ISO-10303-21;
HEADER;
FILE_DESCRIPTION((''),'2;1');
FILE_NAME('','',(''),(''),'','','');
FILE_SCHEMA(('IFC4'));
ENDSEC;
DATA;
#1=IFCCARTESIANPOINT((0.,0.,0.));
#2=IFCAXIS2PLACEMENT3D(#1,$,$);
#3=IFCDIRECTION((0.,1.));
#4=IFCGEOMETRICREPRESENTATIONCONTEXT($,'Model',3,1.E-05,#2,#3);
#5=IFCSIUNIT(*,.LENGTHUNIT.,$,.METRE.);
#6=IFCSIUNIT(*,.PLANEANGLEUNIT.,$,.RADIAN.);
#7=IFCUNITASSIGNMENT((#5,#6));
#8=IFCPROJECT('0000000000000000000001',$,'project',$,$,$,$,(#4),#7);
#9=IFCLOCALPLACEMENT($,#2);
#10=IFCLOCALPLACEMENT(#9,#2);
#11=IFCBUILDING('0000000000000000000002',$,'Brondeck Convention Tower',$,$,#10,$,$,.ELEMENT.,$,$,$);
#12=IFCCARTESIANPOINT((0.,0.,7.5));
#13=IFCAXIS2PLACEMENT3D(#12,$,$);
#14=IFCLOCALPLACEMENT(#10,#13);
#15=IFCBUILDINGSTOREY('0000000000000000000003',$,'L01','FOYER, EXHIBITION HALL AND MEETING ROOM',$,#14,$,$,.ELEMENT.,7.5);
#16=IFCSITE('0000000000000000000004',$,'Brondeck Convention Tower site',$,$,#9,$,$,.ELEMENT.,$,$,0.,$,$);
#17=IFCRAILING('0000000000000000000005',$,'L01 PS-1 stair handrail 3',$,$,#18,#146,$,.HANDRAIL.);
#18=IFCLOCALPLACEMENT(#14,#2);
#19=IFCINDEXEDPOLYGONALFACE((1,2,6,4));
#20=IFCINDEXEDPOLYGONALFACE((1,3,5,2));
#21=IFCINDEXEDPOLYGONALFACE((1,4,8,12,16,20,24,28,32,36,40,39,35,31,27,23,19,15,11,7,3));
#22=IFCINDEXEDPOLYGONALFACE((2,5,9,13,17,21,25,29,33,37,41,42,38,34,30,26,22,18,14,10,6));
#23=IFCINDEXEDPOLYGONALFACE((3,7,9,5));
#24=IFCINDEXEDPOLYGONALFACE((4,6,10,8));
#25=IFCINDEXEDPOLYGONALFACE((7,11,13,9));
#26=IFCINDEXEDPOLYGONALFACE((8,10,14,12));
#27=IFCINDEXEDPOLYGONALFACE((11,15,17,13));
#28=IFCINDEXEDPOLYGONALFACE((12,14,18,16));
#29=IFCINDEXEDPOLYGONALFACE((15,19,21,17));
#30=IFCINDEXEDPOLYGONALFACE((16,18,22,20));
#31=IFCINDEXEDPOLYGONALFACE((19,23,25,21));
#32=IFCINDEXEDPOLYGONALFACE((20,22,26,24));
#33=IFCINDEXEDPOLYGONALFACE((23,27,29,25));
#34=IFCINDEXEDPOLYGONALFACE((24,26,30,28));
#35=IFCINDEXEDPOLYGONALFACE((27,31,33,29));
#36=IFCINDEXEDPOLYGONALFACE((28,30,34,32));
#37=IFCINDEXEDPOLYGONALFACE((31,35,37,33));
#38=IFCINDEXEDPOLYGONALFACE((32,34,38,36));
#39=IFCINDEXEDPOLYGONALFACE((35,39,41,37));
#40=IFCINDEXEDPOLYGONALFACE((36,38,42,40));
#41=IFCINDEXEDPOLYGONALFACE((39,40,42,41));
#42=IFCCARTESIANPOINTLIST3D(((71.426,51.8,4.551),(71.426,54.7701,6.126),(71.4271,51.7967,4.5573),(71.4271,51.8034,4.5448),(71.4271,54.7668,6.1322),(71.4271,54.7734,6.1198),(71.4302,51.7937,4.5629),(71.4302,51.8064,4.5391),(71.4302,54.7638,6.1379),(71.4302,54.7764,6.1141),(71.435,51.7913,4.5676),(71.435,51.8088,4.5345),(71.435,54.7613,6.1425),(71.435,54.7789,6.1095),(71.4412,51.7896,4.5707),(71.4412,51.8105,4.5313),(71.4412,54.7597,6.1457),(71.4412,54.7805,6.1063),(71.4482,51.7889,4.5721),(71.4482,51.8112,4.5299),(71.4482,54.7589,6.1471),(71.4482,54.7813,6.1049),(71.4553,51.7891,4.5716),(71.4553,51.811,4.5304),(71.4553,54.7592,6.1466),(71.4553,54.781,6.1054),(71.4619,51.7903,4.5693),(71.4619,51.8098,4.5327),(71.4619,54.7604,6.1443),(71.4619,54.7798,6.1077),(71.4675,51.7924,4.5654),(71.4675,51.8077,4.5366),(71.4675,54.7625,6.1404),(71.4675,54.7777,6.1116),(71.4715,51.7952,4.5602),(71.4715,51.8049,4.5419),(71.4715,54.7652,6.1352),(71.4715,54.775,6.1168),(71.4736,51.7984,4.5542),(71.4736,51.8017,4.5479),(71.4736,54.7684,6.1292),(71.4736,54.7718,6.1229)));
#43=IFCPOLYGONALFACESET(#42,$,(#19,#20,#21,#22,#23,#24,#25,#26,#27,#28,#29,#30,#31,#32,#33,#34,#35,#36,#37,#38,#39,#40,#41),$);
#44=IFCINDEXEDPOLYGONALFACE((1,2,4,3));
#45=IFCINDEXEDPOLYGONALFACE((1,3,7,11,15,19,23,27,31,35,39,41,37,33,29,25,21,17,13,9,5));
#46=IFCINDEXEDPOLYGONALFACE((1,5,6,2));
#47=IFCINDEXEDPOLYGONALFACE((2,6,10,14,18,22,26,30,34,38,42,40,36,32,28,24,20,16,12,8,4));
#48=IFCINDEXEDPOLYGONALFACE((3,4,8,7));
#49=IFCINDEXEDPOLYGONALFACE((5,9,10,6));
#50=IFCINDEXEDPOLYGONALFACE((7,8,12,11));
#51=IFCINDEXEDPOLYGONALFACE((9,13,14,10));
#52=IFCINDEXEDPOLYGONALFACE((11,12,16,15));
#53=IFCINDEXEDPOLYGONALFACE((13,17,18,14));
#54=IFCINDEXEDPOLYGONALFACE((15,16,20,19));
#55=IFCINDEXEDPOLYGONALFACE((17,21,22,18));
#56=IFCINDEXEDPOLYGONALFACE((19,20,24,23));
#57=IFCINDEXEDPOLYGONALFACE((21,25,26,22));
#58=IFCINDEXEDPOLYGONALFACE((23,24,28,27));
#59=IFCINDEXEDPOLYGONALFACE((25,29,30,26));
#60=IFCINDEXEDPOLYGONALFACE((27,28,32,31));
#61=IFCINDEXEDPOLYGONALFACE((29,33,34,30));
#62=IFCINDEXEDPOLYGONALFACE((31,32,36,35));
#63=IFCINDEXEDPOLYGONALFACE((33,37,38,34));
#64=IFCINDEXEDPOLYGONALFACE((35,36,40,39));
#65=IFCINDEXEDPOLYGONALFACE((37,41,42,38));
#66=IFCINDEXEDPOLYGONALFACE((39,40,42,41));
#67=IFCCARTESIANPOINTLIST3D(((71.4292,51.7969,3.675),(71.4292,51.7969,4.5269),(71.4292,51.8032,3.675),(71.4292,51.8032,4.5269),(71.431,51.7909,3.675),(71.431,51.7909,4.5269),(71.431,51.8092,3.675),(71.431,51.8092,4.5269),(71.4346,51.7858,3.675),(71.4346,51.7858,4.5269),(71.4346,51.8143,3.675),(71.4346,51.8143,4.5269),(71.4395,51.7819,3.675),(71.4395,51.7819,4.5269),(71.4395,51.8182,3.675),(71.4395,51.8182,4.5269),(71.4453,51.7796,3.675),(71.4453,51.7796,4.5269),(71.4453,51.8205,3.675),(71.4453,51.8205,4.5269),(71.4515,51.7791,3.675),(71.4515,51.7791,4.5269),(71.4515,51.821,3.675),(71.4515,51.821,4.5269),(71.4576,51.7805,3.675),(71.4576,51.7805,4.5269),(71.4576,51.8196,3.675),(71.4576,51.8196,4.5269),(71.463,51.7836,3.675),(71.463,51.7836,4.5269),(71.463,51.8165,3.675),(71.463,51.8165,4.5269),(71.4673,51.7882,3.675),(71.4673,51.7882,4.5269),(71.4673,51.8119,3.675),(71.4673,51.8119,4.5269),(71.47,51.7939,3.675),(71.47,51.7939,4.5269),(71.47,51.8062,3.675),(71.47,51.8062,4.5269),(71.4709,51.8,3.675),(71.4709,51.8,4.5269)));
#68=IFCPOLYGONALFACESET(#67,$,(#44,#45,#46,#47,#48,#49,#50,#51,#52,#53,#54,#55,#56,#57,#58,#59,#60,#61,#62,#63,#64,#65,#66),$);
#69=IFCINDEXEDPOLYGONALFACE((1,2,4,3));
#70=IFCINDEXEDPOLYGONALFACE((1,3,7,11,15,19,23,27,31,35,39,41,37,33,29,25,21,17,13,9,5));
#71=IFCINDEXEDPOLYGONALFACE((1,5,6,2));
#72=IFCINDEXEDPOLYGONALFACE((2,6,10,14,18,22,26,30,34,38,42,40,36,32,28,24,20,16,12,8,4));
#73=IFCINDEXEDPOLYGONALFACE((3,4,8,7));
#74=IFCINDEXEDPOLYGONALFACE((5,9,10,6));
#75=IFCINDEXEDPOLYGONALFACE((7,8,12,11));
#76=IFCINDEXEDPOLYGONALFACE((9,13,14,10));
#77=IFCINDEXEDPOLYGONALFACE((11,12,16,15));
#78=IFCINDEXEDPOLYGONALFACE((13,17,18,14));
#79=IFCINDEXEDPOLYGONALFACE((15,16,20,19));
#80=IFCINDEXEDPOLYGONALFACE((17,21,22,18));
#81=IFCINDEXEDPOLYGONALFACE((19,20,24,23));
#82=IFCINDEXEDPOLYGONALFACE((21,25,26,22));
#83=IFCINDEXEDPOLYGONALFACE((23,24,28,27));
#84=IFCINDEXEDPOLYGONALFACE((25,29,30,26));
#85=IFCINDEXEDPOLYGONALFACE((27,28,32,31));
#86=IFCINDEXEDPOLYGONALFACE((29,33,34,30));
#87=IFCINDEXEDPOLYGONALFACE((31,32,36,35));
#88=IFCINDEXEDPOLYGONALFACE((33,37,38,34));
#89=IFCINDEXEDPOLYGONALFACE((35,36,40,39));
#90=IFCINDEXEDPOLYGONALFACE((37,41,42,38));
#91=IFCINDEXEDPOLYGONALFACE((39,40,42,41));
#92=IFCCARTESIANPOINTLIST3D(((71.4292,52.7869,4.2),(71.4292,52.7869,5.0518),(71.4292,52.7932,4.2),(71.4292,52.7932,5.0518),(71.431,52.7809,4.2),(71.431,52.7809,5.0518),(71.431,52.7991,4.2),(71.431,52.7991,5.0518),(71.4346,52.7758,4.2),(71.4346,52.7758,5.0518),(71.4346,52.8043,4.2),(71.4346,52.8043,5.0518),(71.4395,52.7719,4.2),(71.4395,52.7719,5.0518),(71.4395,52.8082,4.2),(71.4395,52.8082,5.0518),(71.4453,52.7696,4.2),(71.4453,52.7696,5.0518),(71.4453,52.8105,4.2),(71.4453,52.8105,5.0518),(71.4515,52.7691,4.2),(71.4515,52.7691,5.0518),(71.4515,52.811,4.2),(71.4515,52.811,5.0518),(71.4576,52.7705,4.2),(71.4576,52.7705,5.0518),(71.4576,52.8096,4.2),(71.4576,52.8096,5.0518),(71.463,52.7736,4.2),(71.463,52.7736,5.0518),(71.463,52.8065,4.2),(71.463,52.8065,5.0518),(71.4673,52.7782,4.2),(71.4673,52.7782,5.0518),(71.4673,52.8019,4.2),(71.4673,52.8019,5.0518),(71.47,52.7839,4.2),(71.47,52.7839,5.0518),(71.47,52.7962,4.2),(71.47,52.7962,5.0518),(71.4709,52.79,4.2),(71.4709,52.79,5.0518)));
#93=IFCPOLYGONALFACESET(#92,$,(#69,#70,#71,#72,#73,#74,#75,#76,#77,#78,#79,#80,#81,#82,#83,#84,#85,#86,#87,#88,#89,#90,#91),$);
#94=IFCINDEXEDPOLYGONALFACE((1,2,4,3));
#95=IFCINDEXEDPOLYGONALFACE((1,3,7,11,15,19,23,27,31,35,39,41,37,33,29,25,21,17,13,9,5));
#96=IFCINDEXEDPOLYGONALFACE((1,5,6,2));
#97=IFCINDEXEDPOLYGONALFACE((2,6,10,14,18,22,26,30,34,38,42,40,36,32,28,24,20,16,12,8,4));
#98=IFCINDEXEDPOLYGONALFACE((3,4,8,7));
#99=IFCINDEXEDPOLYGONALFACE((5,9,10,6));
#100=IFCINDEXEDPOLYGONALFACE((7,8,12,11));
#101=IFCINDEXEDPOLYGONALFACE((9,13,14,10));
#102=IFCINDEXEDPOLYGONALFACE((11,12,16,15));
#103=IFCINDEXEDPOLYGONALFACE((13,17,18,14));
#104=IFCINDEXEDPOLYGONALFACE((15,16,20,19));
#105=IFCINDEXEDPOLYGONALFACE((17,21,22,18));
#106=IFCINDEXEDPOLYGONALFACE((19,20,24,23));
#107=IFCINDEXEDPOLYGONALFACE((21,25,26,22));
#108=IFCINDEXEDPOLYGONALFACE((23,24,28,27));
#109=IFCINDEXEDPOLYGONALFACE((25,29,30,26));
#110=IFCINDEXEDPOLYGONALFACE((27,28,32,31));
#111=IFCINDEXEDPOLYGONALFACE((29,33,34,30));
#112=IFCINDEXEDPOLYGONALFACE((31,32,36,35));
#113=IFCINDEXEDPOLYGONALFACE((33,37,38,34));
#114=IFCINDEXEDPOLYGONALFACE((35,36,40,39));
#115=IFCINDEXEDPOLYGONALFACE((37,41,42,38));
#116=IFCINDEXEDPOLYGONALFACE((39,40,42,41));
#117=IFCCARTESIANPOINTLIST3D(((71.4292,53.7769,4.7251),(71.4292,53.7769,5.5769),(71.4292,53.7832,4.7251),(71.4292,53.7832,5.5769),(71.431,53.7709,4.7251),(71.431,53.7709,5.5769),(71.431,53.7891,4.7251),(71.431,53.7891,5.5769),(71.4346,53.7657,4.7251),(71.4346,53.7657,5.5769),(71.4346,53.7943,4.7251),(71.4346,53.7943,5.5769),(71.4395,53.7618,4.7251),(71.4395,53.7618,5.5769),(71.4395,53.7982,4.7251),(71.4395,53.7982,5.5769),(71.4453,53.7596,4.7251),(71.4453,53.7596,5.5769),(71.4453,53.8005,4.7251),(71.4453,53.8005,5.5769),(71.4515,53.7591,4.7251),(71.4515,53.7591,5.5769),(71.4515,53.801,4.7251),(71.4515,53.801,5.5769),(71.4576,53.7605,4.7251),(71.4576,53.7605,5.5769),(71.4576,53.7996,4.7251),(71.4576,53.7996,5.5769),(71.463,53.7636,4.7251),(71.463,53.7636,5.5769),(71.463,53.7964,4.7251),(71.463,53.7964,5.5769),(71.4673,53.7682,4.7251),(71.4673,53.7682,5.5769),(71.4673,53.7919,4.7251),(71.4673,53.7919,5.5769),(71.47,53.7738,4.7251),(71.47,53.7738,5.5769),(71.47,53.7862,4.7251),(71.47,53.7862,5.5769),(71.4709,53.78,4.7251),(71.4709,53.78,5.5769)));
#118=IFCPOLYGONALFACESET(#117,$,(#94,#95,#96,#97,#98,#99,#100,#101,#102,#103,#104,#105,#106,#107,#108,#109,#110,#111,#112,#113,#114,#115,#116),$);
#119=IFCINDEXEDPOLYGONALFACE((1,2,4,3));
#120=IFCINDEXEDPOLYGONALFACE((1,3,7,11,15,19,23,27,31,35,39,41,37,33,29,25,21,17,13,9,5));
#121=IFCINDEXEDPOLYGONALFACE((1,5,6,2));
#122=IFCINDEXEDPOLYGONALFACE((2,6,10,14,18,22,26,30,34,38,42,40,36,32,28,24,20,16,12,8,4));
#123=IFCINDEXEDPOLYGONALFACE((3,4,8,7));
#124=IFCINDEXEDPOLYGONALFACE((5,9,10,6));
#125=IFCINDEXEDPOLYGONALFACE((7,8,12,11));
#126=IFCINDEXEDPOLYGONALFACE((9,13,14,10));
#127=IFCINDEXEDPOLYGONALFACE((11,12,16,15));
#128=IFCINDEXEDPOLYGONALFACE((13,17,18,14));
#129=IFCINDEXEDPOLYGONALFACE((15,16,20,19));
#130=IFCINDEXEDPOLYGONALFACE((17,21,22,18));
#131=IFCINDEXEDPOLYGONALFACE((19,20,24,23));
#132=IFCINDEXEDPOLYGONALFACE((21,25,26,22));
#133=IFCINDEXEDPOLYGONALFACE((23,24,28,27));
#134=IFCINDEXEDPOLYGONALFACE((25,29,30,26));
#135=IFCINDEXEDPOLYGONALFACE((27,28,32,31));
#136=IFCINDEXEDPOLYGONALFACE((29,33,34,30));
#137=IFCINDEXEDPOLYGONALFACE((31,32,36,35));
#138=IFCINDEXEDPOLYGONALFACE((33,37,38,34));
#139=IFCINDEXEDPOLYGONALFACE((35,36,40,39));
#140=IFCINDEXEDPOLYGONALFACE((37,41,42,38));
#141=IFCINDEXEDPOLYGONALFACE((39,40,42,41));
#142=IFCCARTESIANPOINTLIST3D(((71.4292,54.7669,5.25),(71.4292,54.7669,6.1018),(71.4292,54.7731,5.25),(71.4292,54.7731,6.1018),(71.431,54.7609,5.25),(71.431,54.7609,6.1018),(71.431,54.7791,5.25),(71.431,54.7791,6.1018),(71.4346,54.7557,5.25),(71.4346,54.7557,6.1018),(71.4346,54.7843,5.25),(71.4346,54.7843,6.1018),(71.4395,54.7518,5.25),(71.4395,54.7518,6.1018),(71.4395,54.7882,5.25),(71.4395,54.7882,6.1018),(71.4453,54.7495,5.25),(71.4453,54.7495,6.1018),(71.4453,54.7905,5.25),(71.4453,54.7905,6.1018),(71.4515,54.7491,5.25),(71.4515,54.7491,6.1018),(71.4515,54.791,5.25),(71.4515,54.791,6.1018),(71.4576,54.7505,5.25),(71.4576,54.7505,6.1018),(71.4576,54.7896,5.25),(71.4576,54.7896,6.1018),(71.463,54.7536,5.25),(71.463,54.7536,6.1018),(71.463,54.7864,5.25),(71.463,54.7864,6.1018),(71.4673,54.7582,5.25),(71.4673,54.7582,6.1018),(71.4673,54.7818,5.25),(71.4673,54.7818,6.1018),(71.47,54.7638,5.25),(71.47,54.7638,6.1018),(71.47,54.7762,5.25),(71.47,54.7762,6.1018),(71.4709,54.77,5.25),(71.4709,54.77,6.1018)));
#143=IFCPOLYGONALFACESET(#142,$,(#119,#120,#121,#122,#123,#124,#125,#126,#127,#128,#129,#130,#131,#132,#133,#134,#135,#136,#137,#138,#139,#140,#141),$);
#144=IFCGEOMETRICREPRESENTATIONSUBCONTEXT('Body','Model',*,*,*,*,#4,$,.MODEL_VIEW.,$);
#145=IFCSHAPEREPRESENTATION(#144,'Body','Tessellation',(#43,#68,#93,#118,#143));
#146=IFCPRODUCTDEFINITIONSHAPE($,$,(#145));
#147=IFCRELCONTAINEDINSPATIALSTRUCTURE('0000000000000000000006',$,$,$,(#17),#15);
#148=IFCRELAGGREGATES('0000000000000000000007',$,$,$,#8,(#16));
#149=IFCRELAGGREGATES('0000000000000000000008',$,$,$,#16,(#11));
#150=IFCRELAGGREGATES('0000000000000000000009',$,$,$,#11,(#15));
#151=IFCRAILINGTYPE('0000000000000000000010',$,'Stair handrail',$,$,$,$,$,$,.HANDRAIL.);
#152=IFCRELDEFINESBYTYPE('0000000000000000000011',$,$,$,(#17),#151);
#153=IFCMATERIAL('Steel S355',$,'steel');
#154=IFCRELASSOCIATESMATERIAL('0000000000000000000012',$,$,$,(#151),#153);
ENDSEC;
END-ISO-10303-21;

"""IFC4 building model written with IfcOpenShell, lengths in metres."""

from ifc_helpers import new_model, si_unit, direction, frame, origin, origin_2d, place, context, subcontext, project, spatial, circle, extrude, material, type_object, element, save


model = new_model("IFC4")

# Units and contexts
model_context = context("Model", 3, precision=1e-05, world=origin(), true_north=direction((0.0, 1.0)))
body_context = subcontext(model_context, "Body", "Model", "MODEL_VIEW")
ifc_project = project(units=[si_unit("LENGTHUNIT", "METRE"), si_unit("PLANEANGLEUNIT", "RADIAN")], contexts=[model_context])

# Site, building, storey
site_placement = place(None, origin())
site = spatial("IfcSite", under=ifc_project, at=site_placement, Name="Brondeck Convention Tower site", CompositionType="ELEMENT", RefElevation=0.0)
building_placement = place(site_placement, origin())
building = spatial("IfcBuilding", under=site, at=building_placement, Name="Brondeck Convention Tower", CompositionType="ELEMENT")
storey_placement = place(building_placement, frame((0.0, 0.0, 7.5)))
storey = spatial("IfcBuildingStorey", under=building, at=storey_placement, Name="L01", Description="FOYER, EXHIBITION HALL AND MEETING ROOM", CompositionType="ELEMENT", Elevation=7.5)

# Railing
ifc_material_1 = material(Name="Steel S355", Category="steel")
railing_type_1 = type_object("IfcRailingType", Name="Stair handrail", PredefinedType="HANDRAIL", material=ifc_material_1)
railing_1_placement = place(storey_placement, frame((71.45, 51.8, 3.675)))
element("IfcRailing", 1, at=railing_1_placement, inside=storey, type_object=railing_type_1, Name="L01 PS-1 stair handrail 3", PredefinedType="HANDRAIL", context=body_context, shape_type="SweptSolid", body=[
    extrude(circle(Radius=0.0239, at=origin_2d()), frame((0.0, 0.0, 0.876), z_axis=(0.0, 0.883466, 0.468495), x_axis=(-1.0, 0.0, 0.0)), (0.0, 0.0, 1.0), 3.3618),
    extrude(circle(Radius=0.021, at=origin_2d()), origin(), (0.0, 0.0, 1.0), 0.8518),
    extrude(circle(Radius=0.021, at=origin_2d()), frame((0.0, 0.99, 0.5249)), (0.0, 0.0, 1.0), 0.8518),
    extrude(circle(Radius=0.021, at=origin_2d()), frame((0.0, 1.98, 1.05)), (0.0, 0.0, 1.0), 0.8518),
    extrude(circle(Radius=0.021, at=origin_2d()), frame((0.0, 2.97, 1.575)), (0.0, 0.0, 1.0), 0.8518),
])

save(model, "model.ifc")
